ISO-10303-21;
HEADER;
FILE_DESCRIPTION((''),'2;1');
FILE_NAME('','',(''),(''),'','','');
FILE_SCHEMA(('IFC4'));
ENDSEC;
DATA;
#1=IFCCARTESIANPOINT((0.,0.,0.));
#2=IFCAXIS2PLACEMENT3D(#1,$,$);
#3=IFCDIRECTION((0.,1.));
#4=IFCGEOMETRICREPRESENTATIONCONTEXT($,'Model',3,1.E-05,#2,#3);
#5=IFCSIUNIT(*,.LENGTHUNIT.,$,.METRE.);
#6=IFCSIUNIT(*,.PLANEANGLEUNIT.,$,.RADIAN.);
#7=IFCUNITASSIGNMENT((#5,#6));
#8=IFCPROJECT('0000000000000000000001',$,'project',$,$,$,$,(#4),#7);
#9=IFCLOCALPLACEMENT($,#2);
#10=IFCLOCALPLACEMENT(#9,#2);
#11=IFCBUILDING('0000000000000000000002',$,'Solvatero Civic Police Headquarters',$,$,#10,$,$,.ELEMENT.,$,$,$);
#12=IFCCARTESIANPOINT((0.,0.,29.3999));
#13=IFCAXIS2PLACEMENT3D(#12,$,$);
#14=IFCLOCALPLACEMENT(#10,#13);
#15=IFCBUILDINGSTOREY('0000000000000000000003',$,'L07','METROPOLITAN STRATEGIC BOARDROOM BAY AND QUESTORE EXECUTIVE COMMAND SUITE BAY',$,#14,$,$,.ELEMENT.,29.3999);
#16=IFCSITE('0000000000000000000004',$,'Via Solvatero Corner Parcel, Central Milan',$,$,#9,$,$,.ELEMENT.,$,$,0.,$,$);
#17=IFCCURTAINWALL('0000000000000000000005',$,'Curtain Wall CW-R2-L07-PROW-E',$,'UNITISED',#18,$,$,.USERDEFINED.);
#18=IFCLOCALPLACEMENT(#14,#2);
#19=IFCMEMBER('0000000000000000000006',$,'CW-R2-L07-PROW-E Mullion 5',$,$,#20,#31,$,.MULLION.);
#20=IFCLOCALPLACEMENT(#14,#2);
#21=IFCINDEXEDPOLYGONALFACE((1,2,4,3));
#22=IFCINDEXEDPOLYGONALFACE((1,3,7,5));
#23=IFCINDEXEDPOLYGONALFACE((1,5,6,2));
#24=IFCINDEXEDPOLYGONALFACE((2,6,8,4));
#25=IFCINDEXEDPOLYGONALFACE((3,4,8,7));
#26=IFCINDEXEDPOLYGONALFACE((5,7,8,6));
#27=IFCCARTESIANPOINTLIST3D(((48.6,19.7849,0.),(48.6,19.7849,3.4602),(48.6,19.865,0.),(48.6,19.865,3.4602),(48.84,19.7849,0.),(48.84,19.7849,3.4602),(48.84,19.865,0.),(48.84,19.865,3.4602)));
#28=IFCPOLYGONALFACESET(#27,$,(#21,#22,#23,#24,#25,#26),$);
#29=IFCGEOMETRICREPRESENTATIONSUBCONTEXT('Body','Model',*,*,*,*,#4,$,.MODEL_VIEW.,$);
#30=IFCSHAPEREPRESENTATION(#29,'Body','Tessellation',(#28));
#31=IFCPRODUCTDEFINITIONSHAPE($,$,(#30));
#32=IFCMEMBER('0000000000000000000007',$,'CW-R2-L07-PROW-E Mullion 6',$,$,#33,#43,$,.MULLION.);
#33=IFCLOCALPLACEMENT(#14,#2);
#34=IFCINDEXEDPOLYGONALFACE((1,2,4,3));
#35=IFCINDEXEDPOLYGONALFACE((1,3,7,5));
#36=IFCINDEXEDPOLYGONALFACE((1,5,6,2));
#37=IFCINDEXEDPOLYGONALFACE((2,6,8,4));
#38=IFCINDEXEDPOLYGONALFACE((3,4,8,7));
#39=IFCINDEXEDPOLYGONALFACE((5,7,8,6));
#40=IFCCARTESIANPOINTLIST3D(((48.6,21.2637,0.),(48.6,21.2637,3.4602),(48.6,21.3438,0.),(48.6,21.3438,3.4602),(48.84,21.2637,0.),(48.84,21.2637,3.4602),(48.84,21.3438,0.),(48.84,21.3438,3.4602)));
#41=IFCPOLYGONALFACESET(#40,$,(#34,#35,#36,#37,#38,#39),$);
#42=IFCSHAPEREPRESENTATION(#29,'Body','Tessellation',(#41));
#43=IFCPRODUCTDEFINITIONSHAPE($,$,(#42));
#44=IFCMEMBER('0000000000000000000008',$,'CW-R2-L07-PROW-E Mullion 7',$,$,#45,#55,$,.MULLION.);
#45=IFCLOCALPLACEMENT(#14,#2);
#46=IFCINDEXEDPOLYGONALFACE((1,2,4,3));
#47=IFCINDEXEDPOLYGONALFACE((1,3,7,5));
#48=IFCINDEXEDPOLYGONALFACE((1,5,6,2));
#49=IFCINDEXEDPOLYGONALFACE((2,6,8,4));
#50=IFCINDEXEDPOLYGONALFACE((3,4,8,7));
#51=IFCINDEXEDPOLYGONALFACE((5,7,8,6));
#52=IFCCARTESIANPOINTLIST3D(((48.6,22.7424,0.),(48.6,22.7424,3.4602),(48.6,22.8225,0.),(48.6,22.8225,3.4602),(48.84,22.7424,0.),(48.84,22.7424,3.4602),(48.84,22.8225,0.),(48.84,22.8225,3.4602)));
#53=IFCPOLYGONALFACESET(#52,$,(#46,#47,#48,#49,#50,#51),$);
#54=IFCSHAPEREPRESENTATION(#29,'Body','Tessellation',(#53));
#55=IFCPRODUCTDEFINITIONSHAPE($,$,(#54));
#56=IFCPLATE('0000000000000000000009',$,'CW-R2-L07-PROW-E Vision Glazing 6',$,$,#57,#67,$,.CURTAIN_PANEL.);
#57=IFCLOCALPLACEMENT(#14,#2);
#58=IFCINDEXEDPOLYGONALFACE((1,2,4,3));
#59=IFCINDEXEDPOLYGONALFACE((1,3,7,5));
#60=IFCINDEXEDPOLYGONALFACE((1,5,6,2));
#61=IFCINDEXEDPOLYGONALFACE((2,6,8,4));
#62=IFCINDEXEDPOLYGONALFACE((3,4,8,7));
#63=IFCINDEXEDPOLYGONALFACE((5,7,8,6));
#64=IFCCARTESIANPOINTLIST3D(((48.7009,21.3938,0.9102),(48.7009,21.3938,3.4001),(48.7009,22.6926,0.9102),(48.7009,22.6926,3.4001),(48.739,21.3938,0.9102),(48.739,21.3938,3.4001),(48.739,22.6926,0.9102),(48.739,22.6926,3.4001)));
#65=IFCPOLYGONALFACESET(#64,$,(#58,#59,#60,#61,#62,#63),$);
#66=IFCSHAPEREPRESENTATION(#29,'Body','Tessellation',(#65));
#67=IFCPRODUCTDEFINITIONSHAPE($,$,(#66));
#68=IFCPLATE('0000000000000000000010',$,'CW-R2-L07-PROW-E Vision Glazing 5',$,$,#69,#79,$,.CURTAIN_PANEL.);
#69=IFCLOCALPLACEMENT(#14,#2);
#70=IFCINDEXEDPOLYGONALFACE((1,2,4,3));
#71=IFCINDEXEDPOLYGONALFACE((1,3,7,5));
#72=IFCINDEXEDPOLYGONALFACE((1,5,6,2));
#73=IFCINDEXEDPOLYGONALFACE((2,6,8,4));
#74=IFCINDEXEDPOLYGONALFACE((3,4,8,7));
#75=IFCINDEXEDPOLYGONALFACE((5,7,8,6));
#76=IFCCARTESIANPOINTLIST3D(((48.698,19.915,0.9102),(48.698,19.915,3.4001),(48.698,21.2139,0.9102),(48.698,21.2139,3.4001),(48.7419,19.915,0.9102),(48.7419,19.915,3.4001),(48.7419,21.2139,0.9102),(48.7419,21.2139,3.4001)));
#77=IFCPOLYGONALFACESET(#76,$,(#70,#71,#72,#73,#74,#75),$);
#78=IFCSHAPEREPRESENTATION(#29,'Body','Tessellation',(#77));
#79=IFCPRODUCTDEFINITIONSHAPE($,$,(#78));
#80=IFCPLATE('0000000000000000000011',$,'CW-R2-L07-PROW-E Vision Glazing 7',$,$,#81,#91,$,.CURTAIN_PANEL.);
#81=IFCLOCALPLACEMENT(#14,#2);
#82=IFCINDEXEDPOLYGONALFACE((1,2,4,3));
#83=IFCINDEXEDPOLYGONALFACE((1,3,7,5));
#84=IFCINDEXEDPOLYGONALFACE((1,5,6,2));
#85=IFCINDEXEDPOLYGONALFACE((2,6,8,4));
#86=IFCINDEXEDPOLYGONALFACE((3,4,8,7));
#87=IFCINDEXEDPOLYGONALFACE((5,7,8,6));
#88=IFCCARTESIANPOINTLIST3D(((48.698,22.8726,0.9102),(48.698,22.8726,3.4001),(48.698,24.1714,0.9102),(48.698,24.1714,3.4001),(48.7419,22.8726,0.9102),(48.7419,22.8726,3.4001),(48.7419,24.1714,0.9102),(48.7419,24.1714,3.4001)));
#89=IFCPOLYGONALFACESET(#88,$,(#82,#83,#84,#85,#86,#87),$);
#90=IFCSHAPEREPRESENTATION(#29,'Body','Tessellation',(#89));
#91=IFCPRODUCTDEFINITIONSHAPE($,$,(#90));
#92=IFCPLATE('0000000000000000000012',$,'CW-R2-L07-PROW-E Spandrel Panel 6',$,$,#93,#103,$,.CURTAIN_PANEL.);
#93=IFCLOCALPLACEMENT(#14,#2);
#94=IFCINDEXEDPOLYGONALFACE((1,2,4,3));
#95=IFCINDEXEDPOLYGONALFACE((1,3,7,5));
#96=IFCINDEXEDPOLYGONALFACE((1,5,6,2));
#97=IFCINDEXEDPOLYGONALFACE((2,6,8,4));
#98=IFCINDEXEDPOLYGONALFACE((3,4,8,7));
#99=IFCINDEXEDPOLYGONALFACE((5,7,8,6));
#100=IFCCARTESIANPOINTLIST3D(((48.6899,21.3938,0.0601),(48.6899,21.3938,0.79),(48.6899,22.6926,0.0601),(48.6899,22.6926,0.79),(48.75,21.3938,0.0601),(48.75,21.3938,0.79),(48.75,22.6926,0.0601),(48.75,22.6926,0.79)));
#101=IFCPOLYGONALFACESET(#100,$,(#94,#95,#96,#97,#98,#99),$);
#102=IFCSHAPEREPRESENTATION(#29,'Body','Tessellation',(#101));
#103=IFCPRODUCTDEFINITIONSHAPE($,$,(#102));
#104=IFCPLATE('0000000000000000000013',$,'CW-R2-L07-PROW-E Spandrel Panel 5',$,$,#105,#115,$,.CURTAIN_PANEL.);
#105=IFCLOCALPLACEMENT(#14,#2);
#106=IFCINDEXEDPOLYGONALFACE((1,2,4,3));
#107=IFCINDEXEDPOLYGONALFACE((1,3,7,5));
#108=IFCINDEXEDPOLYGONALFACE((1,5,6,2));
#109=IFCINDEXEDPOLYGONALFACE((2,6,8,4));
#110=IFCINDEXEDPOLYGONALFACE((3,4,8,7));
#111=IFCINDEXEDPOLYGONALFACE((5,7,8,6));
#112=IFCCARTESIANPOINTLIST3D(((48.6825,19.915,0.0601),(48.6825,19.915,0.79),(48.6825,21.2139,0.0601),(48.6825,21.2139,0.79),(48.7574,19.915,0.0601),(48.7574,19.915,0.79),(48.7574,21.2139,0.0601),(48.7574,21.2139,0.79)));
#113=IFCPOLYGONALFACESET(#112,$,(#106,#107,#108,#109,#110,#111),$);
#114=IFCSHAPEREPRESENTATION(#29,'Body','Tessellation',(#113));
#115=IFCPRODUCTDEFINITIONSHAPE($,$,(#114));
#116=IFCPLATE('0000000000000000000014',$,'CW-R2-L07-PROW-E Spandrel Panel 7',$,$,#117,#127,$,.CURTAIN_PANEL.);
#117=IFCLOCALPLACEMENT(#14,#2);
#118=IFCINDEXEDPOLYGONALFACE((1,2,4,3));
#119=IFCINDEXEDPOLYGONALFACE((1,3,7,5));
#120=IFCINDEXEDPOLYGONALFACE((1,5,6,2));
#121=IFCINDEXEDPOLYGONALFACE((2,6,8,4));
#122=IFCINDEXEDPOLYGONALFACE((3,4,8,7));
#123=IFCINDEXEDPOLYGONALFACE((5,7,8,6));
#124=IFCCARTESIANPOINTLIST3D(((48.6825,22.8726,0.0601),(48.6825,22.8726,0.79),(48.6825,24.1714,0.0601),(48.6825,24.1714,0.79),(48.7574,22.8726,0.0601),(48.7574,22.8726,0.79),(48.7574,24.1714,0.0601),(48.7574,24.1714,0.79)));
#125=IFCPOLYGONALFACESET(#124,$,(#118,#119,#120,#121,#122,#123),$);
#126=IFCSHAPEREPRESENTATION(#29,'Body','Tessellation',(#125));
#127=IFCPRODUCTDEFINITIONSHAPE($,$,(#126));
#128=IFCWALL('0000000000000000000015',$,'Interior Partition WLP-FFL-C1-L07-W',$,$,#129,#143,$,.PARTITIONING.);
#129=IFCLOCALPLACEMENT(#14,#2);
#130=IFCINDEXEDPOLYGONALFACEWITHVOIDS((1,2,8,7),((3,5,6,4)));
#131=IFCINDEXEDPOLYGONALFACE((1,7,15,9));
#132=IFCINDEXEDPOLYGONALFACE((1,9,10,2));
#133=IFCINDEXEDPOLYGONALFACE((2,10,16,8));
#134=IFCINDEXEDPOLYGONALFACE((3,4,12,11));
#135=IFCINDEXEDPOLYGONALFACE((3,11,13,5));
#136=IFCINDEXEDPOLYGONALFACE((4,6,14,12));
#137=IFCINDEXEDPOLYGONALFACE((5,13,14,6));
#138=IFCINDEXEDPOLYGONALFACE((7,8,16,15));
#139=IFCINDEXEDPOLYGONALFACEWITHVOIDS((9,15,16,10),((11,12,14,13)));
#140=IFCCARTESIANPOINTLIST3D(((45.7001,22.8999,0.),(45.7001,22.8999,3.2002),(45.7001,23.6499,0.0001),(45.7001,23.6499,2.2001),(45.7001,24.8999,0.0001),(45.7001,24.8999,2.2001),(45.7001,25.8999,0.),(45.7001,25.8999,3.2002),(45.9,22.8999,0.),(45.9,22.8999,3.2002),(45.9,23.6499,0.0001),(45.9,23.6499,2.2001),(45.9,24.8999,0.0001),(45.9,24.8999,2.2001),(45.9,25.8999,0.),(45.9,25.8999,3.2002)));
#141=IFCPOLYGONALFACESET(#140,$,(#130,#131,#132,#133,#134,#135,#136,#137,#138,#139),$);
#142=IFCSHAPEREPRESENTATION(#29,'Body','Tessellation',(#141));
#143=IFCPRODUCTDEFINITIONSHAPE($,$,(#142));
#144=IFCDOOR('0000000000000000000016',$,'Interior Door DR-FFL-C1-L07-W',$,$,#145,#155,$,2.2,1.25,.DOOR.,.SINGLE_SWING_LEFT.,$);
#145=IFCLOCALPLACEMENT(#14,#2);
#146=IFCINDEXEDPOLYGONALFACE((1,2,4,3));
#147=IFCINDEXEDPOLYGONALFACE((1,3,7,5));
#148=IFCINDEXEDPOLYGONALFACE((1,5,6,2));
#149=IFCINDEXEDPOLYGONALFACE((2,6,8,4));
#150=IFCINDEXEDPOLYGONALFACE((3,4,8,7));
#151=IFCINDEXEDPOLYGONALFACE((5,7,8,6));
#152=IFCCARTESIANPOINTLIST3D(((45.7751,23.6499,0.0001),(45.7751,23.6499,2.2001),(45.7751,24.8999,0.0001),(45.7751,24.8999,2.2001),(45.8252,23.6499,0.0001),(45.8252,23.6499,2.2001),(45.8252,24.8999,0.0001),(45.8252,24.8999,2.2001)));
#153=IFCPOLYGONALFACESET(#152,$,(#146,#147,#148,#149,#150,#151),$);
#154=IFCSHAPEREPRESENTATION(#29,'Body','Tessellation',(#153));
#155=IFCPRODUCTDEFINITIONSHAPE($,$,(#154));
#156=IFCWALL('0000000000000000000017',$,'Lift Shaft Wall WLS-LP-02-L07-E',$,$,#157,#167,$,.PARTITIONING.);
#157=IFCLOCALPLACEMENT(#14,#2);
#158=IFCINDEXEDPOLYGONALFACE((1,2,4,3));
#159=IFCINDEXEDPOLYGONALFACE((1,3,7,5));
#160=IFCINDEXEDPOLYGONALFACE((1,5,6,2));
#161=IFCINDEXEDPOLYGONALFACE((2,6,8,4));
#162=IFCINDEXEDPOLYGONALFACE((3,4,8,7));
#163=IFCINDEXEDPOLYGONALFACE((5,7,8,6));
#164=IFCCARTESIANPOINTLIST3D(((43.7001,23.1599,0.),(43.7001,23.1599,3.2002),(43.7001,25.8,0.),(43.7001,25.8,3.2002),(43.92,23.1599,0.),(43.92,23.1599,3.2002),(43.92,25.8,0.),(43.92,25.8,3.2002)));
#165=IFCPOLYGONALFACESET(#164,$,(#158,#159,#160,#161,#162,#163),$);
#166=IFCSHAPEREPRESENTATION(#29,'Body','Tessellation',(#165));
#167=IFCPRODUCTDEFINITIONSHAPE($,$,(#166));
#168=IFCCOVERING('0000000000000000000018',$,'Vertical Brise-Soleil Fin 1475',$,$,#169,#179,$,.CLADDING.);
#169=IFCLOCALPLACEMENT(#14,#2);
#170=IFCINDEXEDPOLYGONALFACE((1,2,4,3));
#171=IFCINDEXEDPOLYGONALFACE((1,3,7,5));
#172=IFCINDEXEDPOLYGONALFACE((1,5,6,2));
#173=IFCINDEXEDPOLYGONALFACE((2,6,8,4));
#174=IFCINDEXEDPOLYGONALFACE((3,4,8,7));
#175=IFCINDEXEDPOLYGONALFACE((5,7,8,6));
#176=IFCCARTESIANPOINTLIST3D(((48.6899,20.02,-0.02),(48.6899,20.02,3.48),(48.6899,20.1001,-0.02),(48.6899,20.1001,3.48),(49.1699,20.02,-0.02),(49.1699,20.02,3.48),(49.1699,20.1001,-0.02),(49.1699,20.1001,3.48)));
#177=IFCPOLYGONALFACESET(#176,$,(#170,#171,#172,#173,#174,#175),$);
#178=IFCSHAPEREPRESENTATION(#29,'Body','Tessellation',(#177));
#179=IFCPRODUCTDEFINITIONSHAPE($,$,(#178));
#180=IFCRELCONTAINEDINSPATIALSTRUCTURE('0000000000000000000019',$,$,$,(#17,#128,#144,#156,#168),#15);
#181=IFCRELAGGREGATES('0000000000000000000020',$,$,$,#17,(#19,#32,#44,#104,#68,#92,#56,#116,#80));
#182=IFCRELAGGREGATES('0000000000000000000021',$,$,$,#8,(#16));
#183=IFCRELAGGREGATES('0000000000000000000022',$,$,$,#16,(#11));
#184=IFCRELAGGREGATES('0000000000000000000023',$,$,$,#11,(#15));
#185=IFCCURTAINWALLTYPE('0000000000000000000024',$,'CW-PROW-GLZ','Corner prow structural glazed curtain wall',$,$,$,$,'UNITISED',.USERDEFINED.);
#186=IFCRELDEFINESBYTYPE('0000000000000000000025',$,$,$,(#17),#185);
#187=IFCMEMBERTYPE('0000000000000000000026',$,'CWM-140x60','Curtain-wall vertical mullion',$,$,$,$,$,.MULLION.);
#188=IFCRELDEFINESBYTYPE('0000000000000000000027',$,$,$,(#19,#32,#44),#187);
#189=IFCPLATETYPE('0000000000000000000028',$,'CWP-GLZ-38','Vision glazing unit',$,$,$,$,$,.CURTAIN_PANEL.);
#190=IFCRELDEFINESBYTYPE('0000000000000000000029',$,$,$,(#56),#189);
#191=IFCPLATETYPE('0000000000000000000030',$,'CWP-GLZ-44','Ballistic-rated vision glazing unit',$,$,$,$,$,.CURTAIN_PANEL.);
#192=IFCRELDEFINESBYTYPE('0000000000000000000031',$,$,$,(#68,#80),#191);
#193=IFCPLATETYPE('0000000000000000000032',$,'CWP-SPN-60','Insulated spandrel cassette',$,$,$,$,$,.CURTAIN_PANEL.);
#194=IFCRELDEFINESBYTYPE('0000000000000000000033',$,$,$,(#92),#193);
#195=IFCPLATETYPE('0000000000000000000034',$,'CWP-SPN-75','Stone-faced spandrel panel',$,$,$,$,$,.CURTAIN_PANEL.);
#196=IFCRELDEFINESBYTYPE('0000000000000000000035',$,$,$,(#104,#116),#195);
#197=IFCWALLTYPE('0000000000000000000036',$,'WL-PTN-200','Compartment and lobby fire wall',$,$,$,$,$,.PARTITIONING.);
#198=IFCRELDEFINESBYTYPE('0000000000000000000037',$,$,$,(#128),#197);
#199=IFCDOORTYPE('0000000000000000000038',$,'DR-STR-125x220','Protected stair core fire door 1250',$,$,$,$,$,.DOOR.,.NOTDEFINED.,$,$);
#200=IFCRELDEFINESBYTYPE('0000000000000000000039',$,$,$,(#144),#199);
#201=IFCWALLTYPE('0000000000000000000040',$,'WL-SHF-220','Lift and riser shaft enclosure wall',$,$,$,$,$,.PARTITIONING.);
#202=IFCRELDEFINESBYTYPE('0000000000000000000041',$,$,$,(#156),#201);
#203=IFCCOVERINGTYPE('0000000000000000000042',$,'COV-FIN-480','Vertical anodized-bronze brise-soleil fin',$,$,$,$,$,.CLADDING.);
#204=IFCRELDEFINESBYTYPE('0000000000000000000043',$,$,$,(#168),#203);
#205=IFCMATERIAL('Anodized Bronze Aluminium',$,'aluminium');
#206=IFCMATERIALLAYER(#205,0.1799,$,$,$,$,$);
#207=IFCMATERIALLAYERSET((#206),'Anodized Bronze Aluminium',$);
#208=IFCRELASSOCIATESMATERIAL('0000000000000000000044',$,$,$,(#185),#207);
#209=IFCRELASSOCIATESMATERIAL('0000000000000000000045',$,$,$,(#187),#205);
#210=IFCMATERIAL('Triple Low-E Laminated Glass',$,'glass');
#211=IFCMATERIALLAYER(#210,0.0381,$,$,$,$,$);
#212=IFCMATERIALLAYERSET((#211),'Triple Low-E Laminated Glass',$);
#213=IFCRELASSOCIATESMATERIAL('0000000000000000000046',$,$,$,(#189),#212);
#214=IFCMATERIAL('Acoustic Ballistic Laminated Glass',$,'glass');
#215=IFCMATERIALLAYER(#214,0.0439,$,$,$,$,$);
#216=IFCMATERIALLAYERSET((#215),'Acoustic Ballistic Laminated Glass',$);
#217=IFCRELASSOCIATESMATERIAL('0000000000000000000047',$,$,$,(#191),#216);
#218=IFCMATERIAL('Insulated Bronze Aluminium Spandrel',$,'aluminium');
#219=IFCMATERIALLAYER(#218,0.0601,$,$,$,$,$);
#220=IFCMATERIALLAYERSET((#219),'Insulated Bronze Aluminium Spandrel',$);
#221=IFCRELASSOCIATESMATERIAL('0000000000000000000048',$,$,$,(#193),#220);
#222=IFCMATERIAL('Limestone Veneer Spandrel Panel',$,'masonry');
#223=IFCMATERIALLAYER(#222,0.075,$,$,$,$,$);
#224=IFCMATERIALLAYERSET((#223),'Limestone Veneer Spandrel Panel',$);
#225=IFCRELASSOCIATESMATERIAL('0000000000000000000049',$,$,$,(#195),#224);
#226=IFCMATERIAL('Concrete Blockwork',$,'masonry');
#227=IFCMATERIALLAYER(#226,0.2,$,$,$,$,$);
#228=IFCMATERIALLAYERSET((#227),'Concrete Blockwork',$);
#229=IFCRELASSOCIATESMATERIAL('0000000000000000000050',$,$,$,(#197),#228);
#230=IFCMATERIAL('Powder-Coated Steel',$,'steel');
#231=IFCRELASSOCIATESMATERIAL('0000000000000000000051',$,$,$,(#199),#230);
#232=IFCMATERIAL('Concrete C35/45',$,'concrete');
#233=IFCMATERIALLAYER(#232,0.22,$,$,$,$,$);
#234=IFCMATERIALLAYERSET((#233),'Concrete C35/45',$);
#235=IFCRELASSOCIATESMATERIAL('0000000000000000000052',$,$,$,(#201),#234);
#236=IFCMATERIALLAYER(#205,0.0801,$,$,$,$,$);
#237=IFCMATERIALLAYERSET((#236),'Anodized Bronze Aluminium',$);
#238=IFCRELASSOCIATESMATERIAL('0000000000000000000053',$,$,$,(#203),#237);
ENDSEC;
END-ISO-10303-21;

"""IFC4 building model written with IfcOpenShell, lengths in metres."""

from ifc_helpers import new_model, si_unit, direction, frame, frame_2d, origin, origin_2d, place, context, subcontext, project, spatial, rectangle, extrude, material, layer, layer_set, material_profile, profile_set, type_object, element, fill, aggregate, save


model = new_model("IFC4")

# Units and contexts
model_context = context("Model", 3, precision=1e-05, world=origin(), true_north=direction((0.0, 1.0)))
body_context = subcontext(model_context, "Body", "Model", "MODEL_VIEW")
ifc_project = project(units=[si_unit("LENGTHUNIT", "METRE"), si_unit("PLANEANGLEUNIT", "RADIAN")], contexts=[model_context])

# Site, building, storey
site_placement = place(None, origin())
site = spatial("IfcSite", under=ifc_project, at=site_placement, Name="Via Solvatero Corner Parcel, Central Milan", CompositionType="ELEMENT", RefElevation=0.0)
building_placement = place(site_placement, origin())
building = spatial("IfcBuilding", under=site, at=building_placement, Name="Solvatero Civic Police Headquarters", CompositionType="ELEMENT")
storey_placement = place(building_placement, frame((0.0, 0.0, 29.3999)))
storey = spatial("IfcBuildingStorey", under=building, at=storey_placement, Name="L07", Description="METROPOLITAN STRATEGIC BOARDROOM BAY AND QUESTORE EXECUTIVE COMMAND SUITE BAY", CompositionType="ELEMENT", Elevation=29.3999)

# Curtain wall, members, plates
ifc_material_1 = material(Name="Anodized Bronze Aluminium", Category="aluminium")
ifc_layer_1 = layer(ifc_material_1, 0.1799)
ifc_layer_set_1 = layer_set([ifc_layer_1], Name="Anodized Bronze Aluminium")
curtain_wall_type = type_object("IfcCurtainWallType", Name="CW-PROW-GLZ", Description="Corner prow structural glazed curtain wall", ElementType="UNITISED", PredefinedType="USERDEFINED", material=ifc_layer_set_1)
curtain_wall_placement = place(storey_placement, origin())
curtain_wall = element("IfcCurtainWall", 1, at=curtain_wall_placement, inside=storey, type_object=curtain_wall_type, Name="Curtain Wall CW-R2-L07-PROW-E", ObjectType="UNITISED", PredefinedType="USERDEFINED")
ifc_material_profile = material_profile(ifc_material_1, rectangle(XDim=0.0801, YDim=0.24, at=origin_2d()), Name="ALU MULLION 80x240")
ifc_profile_set = profile_set([ifc_material_profile], Name="Anodized Bronze Aluminium")
member_type = type_object("IfcMemberType", Name="CWM-140x60", Description="Curtain-wall vertical mullion", PredefinedType="MULLION", material=ifc_profile_set)
member_1_placement = place(storey_placement, frame((48.72, 19.825, 0.0), z_axis=(0.0, 0.0, 1.0), x_axis=(0.0, 1.0, 0.0)))
member_1 = element("IfcMember", 2, at=member_1_placement, type_object=member_type, Name="CW-R2-L07-PROW-E Mullion 5", PredefinedType="MULLION", context=body_context, shape_type="SweptSolid", body=[
    extrude(rectangle(XDim=0.0801, YDim=0.24, at=origin_2d()), origin(), (0.0, 0.0, 1.0), 3.4602),
])
member_2_placement = place(storey_placement, frame((48.72, 21.3037, 0.0), z_axis=(0.0, 0.0, 1.0), x_axis=(0.0, 1.0, 0.0)))
member_2 = element("IfcMember", 3, at=member_2_placement, type_object=member_type, Name="CW-R2-L07-PROW-E Mullion 6", PredefinedType="MULLION", context=body_context, shape_type="SweptSolid", body=[
    extrude(rectangle(XDim=0.0801, YDim=0.24, at=origin_2d()), origin(), (0.0, 0.0, 1.0), 3.4602),
])
member_3_placement = place(storey_placement, frame((48.72, 22.7825, 0.0), z_axis=(0.0, 0.0, 1.0), x_axis=(0.0, 1.0, 0.0)))
member_3 = element("IfcMember", 4, at=member_3_placement, type_object=member_type, Name="CW-R2-L07-PROW-E Mullion 7", PredefinedType="MULLION", context=body_context, shape_type="SweptSolid", body=[
    extrude(rectangle(XDim=0.0801, YDim=0.24, at=origin_2d()), origin(), (0.0, 0.0, 1.0), 3.4602),
])
ifc_material_2 = material(Name="Triple Low-E Laminated Glass", Category="glass")
ifc_layer_2 = layer(ifc_material_2, 0.0381)
ifc_layer_set_2 = layer_set([ifc_layer_2], Name="Triple Low-E Laminated Glass")
plate_type_1 = type_object("IfcPlateType", Name="CWP-GLZ-38", Description="Vision glazing unit", PredefinedType="CURTAIN_PANEL", material=ifc_layer_set_2)
plate_1_placement = place(storey_placement, frame((48.72, 22.0432, 0.9102), z_axis=(0.0, 0.0, 1.0), x_axis=(0.0, 1.0, 0.0)))
plate_1 = element("IfcPlate", 5, at=plate_1_placement, type_object=plate_type_1, Name="CW-R2-L07-PROW-E Vision Glazing 6", PredefinedType="CURTAIN_PANEL", context=body_context, shape_type="SweptSolid", body=[
    extrude(rectangle(XDim=1.2988, YDim=0.0381, at=origin_2d()), origin(), (0.0, 0.0, 1.0), 2.49),
])
ifc_material_3 = material(Name="Acoustic Ballistic Laminated Glass", Category="glass")
ifc_layer_3 = layer(ifc_material_3, 0.0439)
ifc_layer_set_3 = layer_set([ifc_layer_3], Name="Acoustic Ballistic Laminated Glass")
plate_type_2 = type_object("IfcPlateType", Name="CWP-GLZ-44", Description="Ballistic-rated vision glazing unit", PredefinedType="CURTAIN_PANEL", material=ifc_layer_set_3)
plate_2_placement = place(storey_placement, frame((48.72, 20.5645, 0.9102), z_axis=(0.0, 0.0, 1.0), x_axis=(0.0, 1.0, 0.0)))
plate_2 = element("IfcPlate", 6, at=plate_2_placement, type_object=plate_type_2, Name="CW-R2-L07-PROW-E Vision Glazing 5", PredefinedType="CURTAIN_PANEL", context=body_context, shape_type="SweptSolid", body=[
    extrude(rectangle(XDim=1.2988, YDim=0.0439, at=origin_2d()), origin(), (0.0, 0.0, 1.0), 2.49),
])
plate_3_placement = place(storey_placement, frame((48.72, 23.522, 0.9102), z_axis=(0.0, 0.0, 1.0), x_axis=(0.0, 1.0, 0.0)))
plate_3 = element("IfcPlate", 7, at=plate_3_placement, type_object=plate_type_2, Name="CW-R2-L07-PROW-E Vision Glazing 7", PredefinedType="CURTAIN_PANEL", context=body_context, shape_type="SweptSolid", body=[
    extrude(rectangle(XDim=1.2988, YDim=0.0439, at=origin_2d()), origin(), (0.0, 0.0, 1.0), 2.49),
])
ifc_material_4 = material(Name="Insulated Bronze Aluminium Spandrel", Category="aluminium")
ifc_layer_4 = layer(ifc_material_4, 0.0601)
ifc_layer_set_4 = layer_set([ifc_layer_4], Name="Insulated Bronze Aluminium Spandrel")
plate_type_3 = type_object("IfcPlateType", Name="CWP-SPN-60", Description="Insulated spandrel cassette", PredefinedType="CURTAIN_PANEL", material=ifc_layer_set_4)
plate_4_placement = place(storey_placement, frame((48.72, 22.0432, 0.0601), z_axis=(0.0, 0.0, 1.0), x_axis=(0.0, 1.0, 0.0)))
plate_4 = element("IfcPlate", 8, at=plate_4_placement, type_object=plate_type_3, Name="CW-R2-L07-PROW-E Spandrel Panel 6", PredefinedType="CURTAIN_PANEL", context=body_context, shape_type="SweptSolid", body=[
    extrude(rectangle(XDim=1.2988, YDim=0.0601, at=origin_2d()), origin(), (0.0, 0.0, 1.0), 0.73),
])
ifc_material_5 = material(Name="Limestone Veneer Spandrel Panel", Category="masonry")
ifc_layer_5 = layer(ifc_material_5, 0.075)
ifc_layer_set_5 = layer_set([ifc_layer_5], Name="Limestone Veneer Spandrel Panel")
plate_type_4 = type_object("IfcPlateType", Name="CWP-SPN-75", Description="Stone-faced spandrel panel", PredefinedType="CURTAIN_PANEL", material=ifc_layer_set_5)
plate_5_placement = place(storey_placement, frame((48.72, 20.5645, 0.0601), z_axis=(0.0, 0.0, 1.0), x_axis=(0.0, 1.0, 0.0)))
plate_5 = element("IfcPlate", 9, at=plate_5_placement, type_object=plate_type_4, Name="CW-R2-L07-PROW-E Spandrel Panel 5", PredefinedType="CURTAIN_PANEL", context=body_context, shape_type="SweptSolid", body=[
    extrude(rectangle(XDim=1.2988, YDim=0.075, at=origin_2d()), origin(), (0.0, 0.0, 1.0), 0.73),
])
plate_6_placement = place(storey_placement, frame((48.72, 23.522, 0.0601), z_axis=(0.0, 0.0, 1.0), x_axis=(0.0, 1.0, 0.0)))
plate_6 = element("IfcPlate", 10, at=plate_6_placement, type_object=plate_type_4, Name="CW-R2-L07-PROW-E Spandrel Panel 7", PredefinedType="CURTAIN_PANEL", context=body_context, shape_type="SweptSolid", body=[
    extrude(rectangle(XDim=1.2988, YDim=0.075, at=origin_2d()), origin(), (0.0, 0.0, 1.0), 0.73),
])
aggregate(curtain_wall, [member_1, member_2, member_3, plate_5, plate_2, plate_4, plate_1, plate_6, plate_3])

# Wall, opening, door
ifc_material_6 = material(Name="Concrete Blockwork", Category="masonry")
ifc_layer_6 = layer(ifc_material_6, 0.2)
ifc_layer_set_6 = layer_set([ifc_layer_6], Name="Concrete Blockwork")
wall_type_1 = type_object("IfcWallType", Name="WL-PTN-200", Description="Compartment and lobby fire wall", PredefinedType="PARTITIONING", material=ifc_layer_set_6)
wall_1_placement = place(storey_placement, frame((45.8, 22.8999, 0.0), z_axis=(0.0, 0.0, 1.0), x_axis=(0.0, 1.0, 0.0)))
wall_1 = element("IfcWall", 11, at=wall_1_placement, inside=storey, type_object=wall_type_1, Name="Interior Partition WLP-FFL-C1-L07-W", PredefinedType="PARTITIONING", context=body_context, shape_type="SweptSolid", body=[
    extrude(rectangle(XDim=3.0, YDim=0.2, at=frame_2d((1.5, 0.0))), origin(), (0.0, 0.0, 1.0), 3.2002),
])
opening_placement = place(wall_1_placement, frame((0.75, 0.0, 0.0)))
opening = element("IfcOpeningElement", 12, at=opening_placement, cuts=wall_1, PredefinedType="OPENING", context=body_context, shape_type="SweptSolid", body=[
    extrude(rectangle(XDim=1.25, YDim=2.2, at=frame_2d((0.625, 1.1001))), frame((0.0, 0.1099, 0.0), z_axis=(0.0, -1.0, 0.0), x_axis=(1.0, 0.0, 0.0)), (0.0, 0.0, 1.0), 0.22),
])
ifc_material_7 = material(Name="Powder-Coated Steel", Category="steel")
door_type = type_object("IfcDoorType", Name="DR-STR-125x220", Description="Protected stair core fire door 1250", OperationType="NOTDEFINED", PredefinedType="DOOR", material=ifc_material_7)
door_placement = place(opening_placement, origin())
door = element("IfcDoor", 13, at=door_placement, inside=storey, type_object=door_type, Name="Interior Door DR-FFL-C1-L07-W", OperationType="SINGLE_SWING_LEFT", OverallHeight=2.2, OverallWidth=1.25, PredefinedType="DOOR", context=body_context, shape_type="SweptSolid", body=[
    extrude(rectangle(XDim=1.25, YDim=2.2, at=frame_2d((0.625, 1.1001))), frame((0.0, 0.0249, 0.0), z_axis=(0.0, -1.0, 0.0), x_axis=(1.0, 0.0, 0.0)), (0.0, 0.0, 1.0), 0.05),
])
fill(opening, door)

# Wall
ifc_material_8 = material(Name="Concrete C35/45", Category="concrete")
ifc_layer_7 = layer(ifc_material_8, 0.22)
ifc_layer_set_7 = layer_set([ifc_layer_7], Name="Concrete C35/45")
wall_type_2 = type_object("IfcWallType", Name="WL-SHF-220", Description="Lift and riser shaft enclosure wall", PredefinedType="PARTITIONING", material=ifc_layer_set_7)
wall_2_placement = place(storey_placement, frame((43.8101, 23.1599, 0.0), z_axis=(0.0, 0.0, 1.0), x_axis=(0.0, 1.0, 0.0)))
element("IfcWall", 14, at=wall_2_placement, inside=storey, type_object=wall_type_2, Name="Lift Shaft Wall WLS-LP-02-L07-E", PredefinedType="PARTITIONING", context=body_context, shape_type="SweptSolid", body=[
    extrude(rectangle(XDim=2.6401, YDim=0.22, at=frame_2d((1.3201, 0.0))), origin(), (0.0, 0.0, 1.0), 3.2002),
])

# Covering
ifc_layer_8 = layer(ifc_material_1, 0.0801)
ifc_layer_set_8 = layer_set([ifc_layer_8], Name="Anodized Bronze Aluminium")
covering_type = type_object("IfcCoveringType", Name="COV-FIN-480", Description="Vertical anodized-bronze brise-soleil fin", PredefinedType="CLADDING", material=ifc_layer_set_8)
for number, where, z_axis, x_axis, name in (
    (15, (48.9299, 20.0601, -0.02), (0.0, 0.0, 1.0), (0.0, 1.0, 0.0), "Vertical Brise-Soleil Fin 1475"),
):
    element("IfcCovering", number, at=place(storey_placement, frame(where, z_axis=z_axis, x_axis=x_axis)), inside=storey, type_object=covering_type, Name=name, PredefinedType="CLADDING", context=body_context, shape_type="SweptSolid", body=[
        extrude(rectangle(XDim=0.0801, YDim=0.48, at=origin_2d()), origin(), (0.0, 0.0, 1.0), 3.5),
    ])

save(model, "model.ifc")
